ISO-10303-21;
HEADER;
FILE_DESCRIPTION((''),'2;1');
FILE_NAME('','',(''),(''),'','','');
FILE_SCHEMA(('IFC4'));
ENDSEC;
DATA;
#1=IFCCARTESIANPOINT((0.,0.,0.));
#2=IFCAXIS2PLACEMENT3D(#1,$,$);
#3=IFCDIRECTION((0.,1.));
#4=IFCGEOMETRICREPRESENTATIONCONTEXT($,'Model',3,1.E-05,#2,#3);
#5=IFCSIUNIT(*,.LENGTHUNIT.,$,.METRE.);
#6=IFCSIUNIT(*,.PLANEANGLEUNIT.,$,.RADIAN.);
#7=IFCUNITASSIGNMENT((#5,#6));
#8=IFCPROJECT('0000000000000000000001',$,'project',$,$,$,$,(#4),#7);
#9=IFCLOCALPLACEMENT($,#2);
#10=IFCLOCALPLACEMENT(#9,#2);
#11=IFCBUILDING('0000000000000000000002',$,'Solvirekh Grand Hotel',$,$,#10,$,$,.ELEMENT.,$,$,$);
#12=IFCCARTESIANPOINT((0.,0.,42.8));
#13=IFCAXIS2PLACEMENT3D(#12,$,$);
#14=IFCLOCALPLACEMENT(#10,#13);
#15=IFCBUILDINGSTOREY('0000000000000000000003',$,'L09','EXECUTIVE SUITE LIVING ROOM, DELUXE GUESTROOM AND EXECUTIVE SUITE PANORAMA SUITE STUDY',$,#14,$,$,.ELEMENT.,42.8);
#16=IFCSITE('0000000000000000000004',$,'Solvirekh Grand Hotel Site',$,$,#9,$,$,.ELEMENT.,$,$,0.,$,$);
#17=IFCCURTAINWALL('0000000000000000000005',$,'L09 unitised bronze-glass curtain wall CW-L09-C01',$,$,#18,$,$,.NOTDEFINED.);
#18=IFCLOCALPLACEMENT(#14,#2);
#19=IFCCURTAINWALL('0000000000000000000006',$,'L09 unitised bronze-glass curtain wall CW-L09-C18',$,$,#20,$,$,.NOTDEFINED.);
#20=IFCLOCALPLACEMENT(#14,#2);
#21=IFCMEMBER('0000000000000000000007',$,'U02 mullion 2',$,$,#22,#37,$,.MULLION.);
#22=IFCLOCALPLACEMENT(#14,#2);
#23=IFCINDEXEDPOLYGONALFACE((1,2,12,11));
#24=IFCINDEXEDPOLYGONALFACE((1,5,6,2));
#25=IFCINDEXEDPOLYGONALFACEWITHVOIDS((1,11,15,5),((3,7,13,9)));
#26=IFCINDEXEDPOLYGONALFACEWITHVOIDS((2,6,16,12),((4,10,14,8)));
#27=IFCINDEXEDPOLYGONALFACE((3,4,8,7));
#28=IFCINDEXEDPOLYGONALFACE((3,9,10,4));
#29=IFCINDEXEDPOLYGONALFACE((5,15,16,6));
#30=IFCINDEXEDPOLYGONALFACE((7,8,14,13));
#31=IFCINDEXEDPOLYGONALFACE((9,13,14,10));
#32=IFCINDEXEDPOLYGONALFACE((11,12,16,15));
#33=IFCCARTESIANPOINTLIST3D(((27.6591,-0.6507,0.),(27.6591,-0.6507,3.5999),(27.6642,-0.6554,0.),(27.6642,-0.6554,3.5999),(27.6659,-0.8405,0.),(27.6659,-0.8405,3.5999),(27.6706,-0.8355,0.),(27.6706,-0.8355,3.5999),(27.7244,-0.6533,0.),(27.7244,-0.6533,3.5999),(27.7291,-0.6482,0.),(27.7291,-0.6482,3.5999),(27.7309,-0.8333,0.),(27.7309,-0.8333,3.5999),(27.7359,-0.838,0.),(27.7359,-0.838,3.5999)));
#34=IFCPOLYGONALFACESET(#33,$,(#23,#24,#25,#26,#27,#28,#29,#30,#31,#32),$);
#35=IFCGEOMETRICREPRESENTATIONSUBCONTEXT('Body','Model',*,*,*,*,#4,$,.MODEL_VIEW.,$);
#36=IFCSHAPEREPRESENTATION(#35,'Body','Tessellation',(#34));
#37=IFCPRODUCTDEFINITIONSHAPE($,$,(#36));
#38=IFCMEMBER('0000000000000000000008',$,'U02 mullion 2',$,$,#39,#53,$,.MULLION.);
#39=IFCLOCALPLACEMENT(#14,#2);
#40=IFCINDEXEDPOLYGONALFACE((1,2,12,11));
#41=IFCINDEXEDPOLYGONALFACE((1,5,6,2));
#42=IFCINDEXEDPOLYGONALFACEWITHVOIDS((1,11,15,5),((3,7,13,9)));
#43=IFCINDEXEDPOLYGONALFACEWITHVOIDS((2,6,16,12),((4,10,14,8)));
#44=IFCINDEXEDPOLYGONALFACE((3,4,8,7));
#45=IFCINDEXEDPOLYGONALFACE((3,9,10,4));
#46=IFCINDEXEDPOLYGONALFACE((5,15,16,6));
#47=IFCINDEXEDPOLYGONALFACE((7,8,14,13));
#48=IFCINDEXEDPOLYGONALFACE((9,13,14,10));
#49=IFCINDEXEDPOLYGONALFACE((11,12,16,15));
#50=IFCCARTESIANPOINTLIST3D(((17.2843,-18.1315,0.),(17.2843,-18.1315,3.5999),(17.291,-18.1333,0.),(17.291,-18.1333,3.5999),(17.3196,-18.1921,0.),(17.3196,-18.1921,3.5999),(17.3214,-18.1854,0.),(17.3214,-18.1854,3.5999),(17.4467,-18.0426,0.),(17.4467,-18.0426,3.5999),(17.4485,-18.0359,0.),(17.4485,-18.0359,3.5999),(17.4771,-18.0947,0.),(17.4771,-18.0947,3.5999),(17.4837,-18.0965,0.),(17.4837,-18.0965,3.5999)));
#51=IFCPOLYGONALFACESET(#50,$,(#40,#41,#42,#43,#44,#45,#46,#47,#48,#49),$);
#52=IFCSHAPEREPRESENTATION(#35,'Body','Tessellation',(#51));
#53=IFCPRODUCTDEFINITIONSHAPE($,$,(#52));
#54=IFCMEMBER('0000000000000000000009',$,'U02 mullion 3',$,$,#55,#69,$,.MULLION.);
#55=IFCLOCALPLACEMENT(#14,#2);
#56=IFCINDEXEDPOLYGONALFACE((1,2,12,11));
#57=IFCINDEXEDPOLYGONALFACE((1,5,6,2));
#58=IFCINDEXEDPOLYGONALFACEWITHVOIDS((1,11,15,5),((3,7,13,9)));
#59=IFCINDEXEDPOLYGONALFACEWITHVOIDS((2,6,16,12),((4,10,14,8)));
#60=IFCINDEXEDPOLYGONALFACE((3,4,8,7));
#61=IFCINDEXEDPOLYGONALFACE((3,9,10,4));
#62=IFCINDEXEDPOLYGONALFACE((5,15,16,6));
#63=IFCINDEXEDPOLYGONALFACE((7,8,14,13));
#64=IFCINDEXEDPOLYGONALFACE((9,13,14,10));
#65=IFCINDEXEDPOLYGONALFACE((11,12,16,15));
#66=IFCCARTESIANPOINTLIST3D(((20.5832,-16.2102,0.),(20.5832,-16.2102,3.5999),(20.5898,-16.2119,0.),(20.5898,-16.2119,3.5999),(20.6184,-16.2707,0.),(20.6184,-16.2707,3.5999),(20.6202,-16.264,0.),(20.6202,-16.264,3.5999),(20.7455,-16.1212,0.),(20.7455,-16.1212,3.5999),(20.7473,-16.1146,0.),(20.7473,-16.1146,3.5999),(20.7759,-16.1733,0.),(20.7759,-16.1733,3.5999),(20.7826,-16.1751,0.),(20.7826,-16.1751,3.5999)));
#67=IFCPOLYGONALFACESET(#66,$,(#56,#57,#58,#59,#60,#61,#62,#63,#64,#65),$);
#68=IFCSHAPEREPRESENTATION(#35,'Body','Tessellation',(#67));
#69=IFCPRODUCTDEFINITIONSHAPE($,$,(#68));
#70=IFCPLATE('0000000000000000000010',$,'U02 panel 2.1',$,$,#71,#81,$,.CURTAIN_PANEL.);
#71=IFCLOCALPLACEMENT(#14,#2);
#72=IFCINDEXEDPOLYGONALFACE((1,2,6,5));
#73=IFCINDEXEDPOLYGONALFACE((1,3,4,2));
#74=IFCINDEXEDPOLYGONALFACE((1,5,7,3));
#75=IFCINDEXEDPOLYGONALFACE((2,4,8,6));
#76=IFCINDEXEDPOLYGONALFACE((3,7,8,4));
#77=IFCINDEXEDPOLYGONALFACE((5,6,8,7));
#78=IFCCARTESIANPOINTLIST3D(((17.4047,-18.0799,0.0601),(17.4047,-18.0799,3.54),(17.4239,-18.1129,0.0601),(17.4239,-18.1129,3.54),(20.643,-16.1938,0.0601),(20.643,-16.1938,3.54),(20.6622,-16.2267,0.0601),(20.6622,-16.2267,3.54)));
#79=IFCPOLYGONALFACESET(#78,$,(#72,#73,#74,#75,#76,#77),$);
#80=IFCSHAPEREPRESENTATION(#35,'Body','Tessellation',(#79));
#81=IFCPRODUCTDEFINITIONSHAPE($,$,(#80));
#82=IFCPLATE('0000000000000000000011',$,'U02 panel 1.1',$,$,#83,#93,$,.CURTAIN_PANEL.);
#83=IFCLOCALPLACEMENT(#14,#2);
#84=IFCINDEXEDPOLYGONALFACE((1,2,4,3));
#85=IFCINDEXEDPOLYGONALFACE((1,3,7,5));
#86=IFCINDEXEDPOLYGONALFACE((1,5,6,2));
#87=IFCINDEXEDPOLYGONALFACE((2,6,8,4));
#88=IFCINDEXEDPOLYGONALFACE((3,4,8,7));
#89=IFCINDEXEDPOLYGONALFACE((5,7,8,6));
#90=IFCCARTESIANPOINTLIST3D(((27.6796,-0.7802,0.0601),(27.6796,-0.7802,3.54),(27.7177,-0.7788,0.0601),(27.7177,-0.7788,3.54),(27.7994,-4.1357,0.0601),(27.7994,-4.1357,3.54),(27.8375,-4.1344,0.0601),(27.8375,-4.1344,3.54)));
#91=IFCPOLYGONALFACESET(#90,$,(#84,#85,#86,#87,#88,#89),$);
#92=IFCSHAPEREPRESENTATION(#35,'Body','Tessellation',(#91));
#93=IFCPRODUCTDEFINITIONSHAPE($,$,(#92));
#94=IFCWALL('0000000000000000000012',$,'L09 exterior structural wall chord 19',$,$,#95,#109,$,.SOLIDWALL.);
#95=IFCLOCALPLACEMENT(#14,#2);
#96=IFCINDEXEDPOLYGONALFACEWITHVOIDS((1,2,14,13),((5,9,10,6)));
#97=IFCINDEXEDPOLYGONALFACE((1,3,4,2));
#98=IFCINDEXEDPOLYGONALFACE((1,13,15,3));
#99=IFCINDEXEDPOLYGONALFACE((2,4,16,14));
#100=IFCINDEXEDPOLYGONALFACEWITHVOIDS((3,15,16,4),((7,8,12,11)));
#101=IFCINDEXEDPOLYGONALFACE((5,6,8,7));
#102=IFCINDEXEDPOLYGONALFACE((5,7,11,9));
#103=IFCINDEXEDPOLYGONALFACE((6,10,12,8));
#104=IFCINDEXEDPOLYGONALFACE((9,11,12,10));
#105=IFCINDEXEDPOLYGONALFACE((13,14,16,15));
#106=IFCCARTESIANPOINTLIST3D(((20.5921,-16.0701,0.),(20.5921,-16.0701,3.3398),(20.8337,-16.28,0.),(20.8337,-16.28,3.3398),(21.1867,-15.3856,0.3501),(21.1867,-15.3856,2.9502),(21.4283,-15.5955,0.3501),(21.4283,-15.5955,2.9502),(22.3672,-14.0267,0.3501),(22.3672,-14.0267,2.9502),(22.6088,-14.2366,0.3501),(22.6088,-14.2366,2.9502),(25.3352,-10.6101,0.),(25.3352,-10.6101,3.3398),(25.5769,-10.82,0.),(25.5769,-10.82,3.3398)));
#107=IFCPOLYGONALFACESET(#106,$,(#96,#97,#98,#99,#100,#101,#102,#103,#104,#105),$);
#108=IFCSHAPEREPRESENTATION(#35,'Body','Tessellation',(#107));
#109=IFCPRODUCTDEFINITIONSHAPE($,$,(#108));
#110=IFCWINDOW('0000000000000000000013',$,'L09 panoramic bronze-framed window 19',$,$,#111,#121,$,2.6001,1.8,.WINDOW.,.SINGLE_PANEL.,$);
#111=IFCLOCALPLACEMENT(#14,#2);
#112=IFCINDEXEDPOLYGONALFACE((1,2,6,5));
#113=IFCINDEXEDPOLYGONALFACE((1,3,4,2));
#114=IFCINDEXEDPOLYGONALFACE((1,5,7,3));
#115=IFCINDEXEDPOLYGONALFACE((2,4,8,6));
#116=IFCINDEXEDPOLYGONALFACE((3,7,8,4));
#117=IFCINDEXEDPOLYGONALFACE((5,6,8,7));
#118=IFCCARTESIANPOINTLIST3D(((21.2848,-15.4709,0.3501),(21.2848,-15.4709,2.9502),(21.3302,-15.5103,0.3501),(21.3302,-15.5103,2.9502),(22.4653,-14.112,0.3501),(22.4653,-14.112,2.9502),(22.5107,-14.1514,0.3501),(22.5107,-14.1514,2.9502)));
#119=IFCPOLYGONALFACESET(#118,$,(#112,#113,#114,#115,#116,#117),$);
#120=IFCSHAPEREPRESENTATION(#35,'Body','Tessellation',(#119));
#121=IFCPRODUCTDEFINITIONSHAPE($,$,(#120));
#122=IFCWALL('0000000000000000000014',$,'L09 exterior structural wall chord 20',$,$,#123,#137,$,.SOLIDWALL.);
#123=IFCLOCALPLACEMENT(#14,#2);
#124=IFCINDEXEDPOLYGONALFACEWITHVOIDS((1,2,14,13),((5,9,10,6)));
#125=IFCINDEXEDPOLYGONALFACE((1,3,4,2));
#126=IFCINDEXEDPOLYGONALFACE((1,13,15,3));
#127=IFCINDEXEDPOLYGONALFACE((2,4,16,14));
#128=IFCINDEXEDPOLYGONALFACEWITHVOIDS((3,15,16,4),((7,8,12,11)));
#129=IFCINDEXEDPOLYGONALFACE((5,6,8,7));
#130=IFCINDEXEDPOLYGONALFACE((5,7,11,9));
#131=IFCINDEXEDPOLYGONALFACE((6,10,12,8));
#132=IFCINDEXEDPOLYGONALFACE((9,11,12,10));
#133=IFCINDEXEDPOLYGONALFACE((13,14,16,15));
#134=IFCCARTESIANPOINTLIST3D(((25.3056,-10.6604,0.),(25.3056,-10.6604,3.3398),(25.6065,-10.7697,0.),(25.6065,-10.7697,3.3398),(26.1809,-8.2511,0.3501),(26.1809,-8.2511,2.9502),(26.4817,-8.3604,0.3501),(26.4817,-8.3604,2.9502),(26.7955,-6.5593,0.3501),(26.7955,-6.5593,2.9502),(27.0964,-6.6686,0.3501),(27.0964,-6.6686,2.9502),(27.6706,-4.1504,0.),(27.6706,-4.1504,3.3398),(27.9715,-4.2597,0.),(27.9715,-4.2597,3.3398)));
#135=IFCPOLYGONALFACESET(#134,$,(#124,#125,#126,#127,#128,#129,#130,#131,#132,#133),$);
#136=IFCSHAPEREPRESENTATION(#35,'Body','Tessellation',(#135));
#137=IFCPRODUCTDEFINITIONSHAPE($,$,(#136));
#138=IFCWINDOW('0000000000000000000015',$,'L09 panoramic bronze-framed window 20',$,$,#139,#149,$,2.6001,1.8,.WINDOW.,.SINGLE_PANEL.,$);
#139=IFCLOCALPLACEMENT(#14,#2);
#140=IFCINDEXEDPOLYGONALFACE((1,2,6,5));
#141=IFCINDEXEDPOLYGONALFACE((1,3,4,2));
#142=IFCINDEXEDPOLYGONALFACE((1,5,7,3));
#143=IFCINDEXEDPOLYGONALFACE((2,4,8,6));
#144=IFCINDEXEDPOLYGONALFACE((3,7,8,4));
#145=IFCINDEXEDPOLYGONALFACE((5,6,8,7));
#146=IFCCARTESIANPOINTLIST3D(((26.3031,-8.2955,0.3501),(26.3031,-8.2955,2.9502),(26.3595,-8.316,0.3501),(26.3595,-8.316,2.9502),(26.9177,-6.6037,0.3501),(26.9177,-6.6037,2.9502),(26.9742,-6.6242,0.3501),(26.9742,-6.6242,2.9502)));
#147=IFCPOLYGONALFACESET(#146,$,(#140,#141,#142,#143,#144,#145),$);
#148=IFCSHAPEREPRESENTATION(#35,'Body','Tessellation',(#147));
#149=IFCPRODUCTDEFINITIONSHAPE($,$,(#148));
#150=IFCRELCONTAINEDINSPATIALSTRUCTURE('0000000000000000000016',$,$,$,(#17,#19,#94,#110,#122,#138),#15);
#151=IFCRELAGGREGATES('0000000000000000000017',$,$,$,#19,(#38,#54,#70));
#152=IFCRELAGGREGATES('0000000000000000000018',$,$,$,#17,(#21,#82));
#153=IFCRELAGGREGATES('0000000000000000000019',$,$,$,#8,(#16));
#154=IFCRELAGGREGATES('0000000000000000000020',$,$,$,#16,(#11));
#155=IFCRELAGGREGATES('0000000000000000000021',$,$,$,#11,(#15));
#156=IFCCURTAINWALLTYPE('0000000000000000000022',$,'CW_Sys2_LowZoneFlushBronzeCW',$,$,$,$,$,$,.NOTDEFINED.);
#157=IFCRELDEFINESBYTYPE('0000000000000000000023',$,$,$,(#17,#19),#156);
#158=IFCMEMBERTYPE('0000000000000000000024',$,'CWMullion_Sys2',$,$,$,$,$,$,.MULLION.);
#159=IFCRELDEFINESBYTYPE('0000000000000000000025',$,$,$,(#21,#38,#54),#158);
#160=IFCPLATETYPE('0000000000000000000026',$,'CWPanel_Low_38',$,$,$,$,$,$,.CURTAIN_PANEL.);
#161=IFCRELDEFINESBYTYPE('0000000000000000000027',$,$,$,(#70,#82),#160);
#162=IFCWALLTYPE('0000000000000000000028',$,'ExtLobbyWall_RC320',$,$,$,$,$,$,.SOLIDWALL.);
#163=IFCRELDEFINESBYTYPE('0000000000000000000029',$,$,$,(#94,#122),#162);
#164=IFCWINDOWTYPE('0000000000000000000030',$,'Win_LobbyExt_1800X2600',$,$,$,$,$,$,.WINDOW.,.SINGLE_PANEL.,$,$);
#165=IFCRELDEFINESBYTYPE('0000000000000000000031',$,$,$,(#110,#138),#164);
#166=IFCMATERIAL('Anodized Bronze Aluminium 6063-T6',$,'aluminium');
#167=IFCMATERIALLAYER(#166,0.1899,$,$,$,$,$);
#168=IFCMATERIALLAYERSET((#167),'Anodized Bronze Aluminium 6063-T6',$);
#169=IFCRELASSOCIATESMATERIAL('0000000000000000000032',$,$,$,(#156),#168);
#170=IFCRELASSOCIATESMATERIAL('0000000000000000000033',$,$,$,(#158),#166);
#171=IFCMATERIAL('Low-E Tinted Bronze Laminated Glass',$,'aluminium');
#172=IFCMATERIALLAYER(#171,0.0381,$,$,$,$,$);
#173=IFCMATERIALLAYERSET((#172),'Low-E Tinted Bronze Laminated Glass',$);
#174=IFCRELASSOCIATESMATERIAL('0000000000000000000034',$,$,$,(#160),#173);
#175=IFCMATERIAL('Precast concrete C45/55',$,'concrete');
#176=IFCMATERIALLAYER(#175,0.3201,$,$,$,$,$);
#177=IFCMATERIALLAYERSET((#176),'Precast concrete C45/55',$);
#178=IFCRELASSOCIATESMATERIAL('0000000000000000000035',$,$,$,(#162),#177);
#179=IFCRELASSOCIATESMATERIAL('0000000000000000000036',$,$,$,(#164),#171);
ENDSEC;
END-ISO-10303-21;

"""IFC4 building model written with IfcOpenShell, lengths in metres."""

from ifc_helpers import new_model, si_unit, direction, frame, frame_2d, origin, origin_2d, place, context, subcontext, project, spatial, rectangle, hollow_rectangle, extrude, source, transform, mapped, material, layer, layer_set, material_profile, profile_set, type_object, element, fill, aggregate, save


model = new_model("IFC4")

# Units and contexts
model_context = context("Model", 3, precision=1e-05, world=origin(), true_north=direction((0.0, 1.0)))
body_context = subcontext(model_context, "Body", "Model", "MODEL_VIEW")
ifc_project = project(units=[si_unit("LENGTHUNIT", "METRE"), si_unit("PLANEANGLEUNIT", "RADIAN")], contexts=[model_context])

# Site, building, storey
site_placement = place(None, origin())
site = spatial("IfcSite", under=ifc_project, at=site_placement, Name="Solvirekh Grand Hotel Site", CompositionType="ELEMENT", RefElevation=0.0)
building_placement = place(site_placement, origin())
building = spatial("IfcBuilding", under=site, at=building_placement, Name="Solvirekh Grand Hotel", CompositionType="ELEMENT")
storey_placement = place(building_placement, frame((0.0, 0.0, 42.8)))
storey = spatial("IfcBuildingStorey", under=building, at=storey_placement, Name="L09", Description="EXECUTIVE SUITE LIVING ROOM, DELUXE GUESTROOM AND EXECUTIVE SUITE PANORAMA SUITE STUDY", CompositionType="ELEMENT", Elevation=42.8)

# Curtain walls
ifc_material_1 = material(Name="Anodized Bronze Aluminium 6063-T6", Category="aluminium")
ifc_layer_1 = layer(ifc_material_1, 0.1899)
ifc_layer_set_1 = layer_set([ifc_layer_1], Name="Anodized Bronze Aluminium 6063-T6")
curtain_wall_type = type_object("IfcCurtainWallType", Name="CW_Sys2_LowZoneFlushBronzeCW", PredefinedType="NOTDEFINED", material=ifc_layer_set_1)
curtain_wall_1_placement = place(storey_placement, origin())
curtain_wall_1 = element("IfcCurtainWall", 1, at=curtain_wall_1_placement, inside=storey, type_object=curtain_wall_type, Name="L09 unitised bronze-glass curtain wall CW-L09-C01", PredefinedType="NOTDEFINED")
curtain_wall_2_placement = place(storey_placement, origin())
curtain_wall_2 = element("IfcCurtainWall", 2, at=curtain_wall_2_placement, inside=storey, type_object=curtain_wall_type, Name="L09 unitised bronze-glass curtain wall CW-L09-C18", PredefinedType="NOTDEFINED")

# Members
ifc_material_profile_1 = material_profile(ifc_material_1, hollow_rectangle(XDim=0.0701, YDim=0.1899, WallThickness=0.0049, at=origin_2d()), Name="ALU RHS 190X70X5")
ifc_profile_set_1 = profile_set([ifc_material_profile_1], Name="Anodized Bronze Aluminium 6063-T6")
member_type_1 = type_object("IfcMemberType", Name="CWMullion_Sys2", PredefinedType="MULLION", material=ifc_profile_set_1)
shared_shape_1 = source(origin(), body_context, "Body", "SweptSolid", [
    extrude(hollow_rectangle(XDim=0.0701, YDim=0.1899, WallThickness=0.0049, at=origin_2d()), origin(), (0.0, 0.0, 1.0), 3.5999),
])
member_1_placement = place(storey_placement, frame((27.6975, -0.7444, 0.0), z_axis=(0.0, 0.0, 1.0), x_axis=(-0.999364, -0.035666, 0.0)))
member_1 = element("IfcMember", 3, at=member_1_placement, type_object=member_type_1, Name="U02 mullion 2", PredefinedType="MULLION", context=body_context, shape_type="MappedRepresentation", body=[
    mapped(shared_shape_1, transform((0.0, 0.0, 0.0), x_axis=(1.0, 0.0, 0.0), y_axis=(0.0, 1.0, 0.0), z_axis=(0.0, 0.0, 1.0), scale=1.0)),
])
member_2_placement = place(storey_placement, frame((17.384, -18.114, 0.0), z_axis=(0.0, 0.0, 1.0), x_axis=(-0.503306, 0.864108, 0.0)))
member_2 = element("IfcMember", 4, at=member_2_placement, type_object=member_type_1, Name="U02 mullion 2", PredefinedType="MULLION", context=body_context, shape_type="MappedRepresentation", body=[
    mapped(shared_shape_1, transform((0.0, 0.0, 0.0), x_axis=(1.0, 0.0, 0.0), y_axis=(0.0, 1.0, 0.0), z_axis=(0.0, 0.0, 1.0), scale=1.0)),
])
member_3_placement = place(storey_placement, frame((20.6829, -16.1926, 0.0), z_axis=(0.0, 0.0, 1.0), x_axis=(-0.503306, 0.864108, 0.0)))
member_3 = element("IfcMember", 5, at=member_3_placement, type_object=member_type_1, Name="U02 mullion 3", PredefinedType="MULLION", context=body_context, shape_type="MappedRepresentation", body=[
    mapped(shared_shape_1, transform((0.0, 0.0, 0.0), x_axis=(1.0, 0.0, 0.0), y_axis=(0.0, 1.0, 0.0), z_axis=(0.0, 0.0, 1.0), scale=1.0)),
])

# Plates
ifc_material_2 = material(Name="Low-E Tinted Bronze Laminated Glass", Category="aluminium")
ifc_layer_2 = layer(ifc_material_2, 0.0381)
ifc_layer_set_2 = layer_set([ifc_layer_2], Name="Low-E Tinted Bronze Laminated Glass")
plate_type = type_object("IfcPlateType", Name="CWPanel_Low_38", PredefinedType="CURTAIN_PANEL", material=ifc_layer_set_2)
shared_shape_2 = source(origin(), body_context, "Body", "SweptSolid", [
    extrude(rectangle(XDim=3.7476, YDim=0.0381, at=origin_2d()), origin(), (0.0, 0.0, 1.0), 3.48),
])
plate_1_placement = place(storey_placement, frame((19.0334, -17.1533, 0.0601), z_axis=(0.0, 0.0, 1.0), x_axis=(0.864108, 0.503306, 0.0)))
plate_1 = element("IfcPlate", 6, at=plate_1_placement, type_object=plate_type, Name="U02 panel 2.1", PredefinedType="CURTAIN_PANEL", context=body_context, shape_type="MappedRepresentation", body=[
    mapped(shared_shape_2, transform((0.0, 0.0, 0.0), x_axis=(1.0, 0.0, 0.0), y_axis=(0.0, 1.0, 0.0), z_axis=(0.0, 0.0, 1.0), scale=1.0)),
])
aggregate(curtain_wall_2, [member_2, member_3, plate_1])
shared_shape_3 = source(origin(), body_context, "Body", "SweptSolid", [
    extrude(rectangle(XDim=3.3577, YDim=0.0381, at=origin_2d()), origin(), (0.0, 0.0, 1.0), 3.48),
])
plate_2_placement = place(storey_placement, frame((27.7585, -2.4573, 0.0601), z_axis=(0.0, 0.0, 1.0), x_axis=(-0.035666, 0.999364, 0.0)))
plate_2 = element("IfcPlate", 7, at=plate_2_placement, type_object=plate_type, Name="U02 panel 1.1", PredefinedType="CURTAIN_PANEL", context=body_context, shape_type="MappedRepresentation", body=[
    mapped(shared_shape_3, transform((0.0, 0.0, 0.0), x_axis=(1.0, 0.0, 0.0), y_axis=(0.0, 1.0, 0.0), z_axis=(0.0, 0.0, 1.0), scale=1.0)),
])
aggregate(curtain_wall_1, [member_1, plate_2])

# Walls, openings, windows
ifc_material_3 = material(Name="Precast concrete C45/55", Category="concrete")
ifc_layer_3 = layer(ifc_material_3, 0.3201)
ifc_layer_set_3 = layer_set([ifc_layer_3], Name="Precast concrete C45/55")
wall_type_1 = type_object("IfcWallType", Name="ExtLobbyWall_RC320", PredefinedType="SOLIDWALL", material=ifc_layer_set_3)
wall_1_placement = place(storey_placement, frame((25.4561, -10.7151, 0.0), z_axis=(0.0, 0.0, 1.0), x_axis=(-0.655814, -0.754922, 0.0)))
wall_1 = element("IfcWall", 8, at=wall_1_placement, inside=storey, type_object=wall_type_1, Name="L09 exterior structural wall chord 19", PredefinedType="SOLIDWALL", context=body_context, shape_type="SweptSolid", body=[
    extrude(rectangle(XDim=7.2324, YDim=0.3201, at=frame_2d((3.6162, 0.0))), origin(), (0.0, 0.0, 1.0), 3.3398),
])
opening_1_placement = place(wall_1_placement, frame((4.5259, 0.0, 0.3501)))
opening_1 = element("IfcOpeningElement", 9, at=opening_1_placement, cuts=wall_1, PredefinedType="OPENING", context=body_context, shape_type="SweptSolid", body=[
    extrude(rectangle(XDim=1.8, YDim=2.6001, at=frame_2d((0.8999, 1.3))), frame((0.0, 0.1699, 0.0), z_axis=(0.0, -1.0, 0.0), x_axis=(1.0, 0.0, 0.0)), (0.0, 0.0, 1.0), 0.3401),
])
window_type = type_object("IfcWindowType", Name="Win_LobbyExt_1800X2600", PartitioningType="SINGLE_PANEL", PredefinedType="WINDOW", material=ifc_material_2)
window_1_placement = place(opening_1_placement, origin())
window_1 = element("IfcWindow", 10, at=window_1_placement, inside=storey, type_object=window_type, Name="L09 panoramic bronze-framed window 19", OverallHeight=2.6001, OverallWidth=1.8, PartitioningType="SINGLE_PANEL", PredefinedType="WINDOW", context=body_context, shape_type="SweptSolid", body=[
    extrude(rectangle(XDim=1.8, YDim=2.6001, at=frame_2d((0.8999, 1.3))), frame((0.0, 0.03, 0.0), z_axis=(0.0, -1.0, 0.0), x_axis=(1.0, 0.0, 0.0)), (0.0, 0.0, 1.0), 0.0601),
])
fill(opening_1, window_1)
wall_2_placement = place(storey_placement, frame((27.821, -4.2051, 0.0), z_axis=(0.0, 0.0, 1.0), x_axis=(-0.341452, -0.939899, 0.0)))
wall_2 = element("IfcWall", 11, at=wall_2_placement, inside=storey, type_object=wall_type_1, Name="L09 exterior structural wall chord 20", PredefinedType="SOLIDWALL", context=body_context, shape_type="SweptSolid", body=[
    extrude(rectangle(XDim=6.9263, YDim=0.3201, at=frame_2d((3.4631, 0.0))), origin(), (0.0, 0.0, 1.0), 3.3398),
])
opening_2_placement = place(wall_2_placement, frame((2.563, 0.0, 0.3501)))
opening_2 = element("IfcOpeningElement", 12, at=opening_2_placement, cuts=wall_2, PredefinedType="OPENING", context=body_context, shape_type="SweptSolid", body=[
    extrude(rectangle(XDim=1.8, YDim=2.6001, at=frame_2d((0.8999, 1.3))), frame((0.0, 0.1699, 0.0), z_axis=(0.0, -1.0, 0.0), x_axis=(1.0, 0.0, 0.0)), (0.0, 0.0, 1.0), 0.3401),
])
window_2_placement = place(opening_2_placement, origin())
window_2 = element("IfcWindow", 13, at=window_2_placement, inside=storey, type_object=window_type, Name="L09 panoramic bronze-framed window 20", OverallHeight=2.6001, OverallWidth=1.8, PartitioningType="SINGLE_PANEL", PredefinedType="WINDOW", context=body_context, shape_type="SweptSolid", body=[
    extrude(rectangle(XDim=1.8, YDim=2.6001, at=frame_2d((0.8999, 1.3))), frame((0.0, 0.03, 0.0), z_axis=(0.0, -1.0, 0.0), x_axis=(1.0, 0.0, 0.0)), (0.0, 0.0, 1.0), 0.0601),
])
fill(opening_2, window_2)

save(model, "model.ifc")
